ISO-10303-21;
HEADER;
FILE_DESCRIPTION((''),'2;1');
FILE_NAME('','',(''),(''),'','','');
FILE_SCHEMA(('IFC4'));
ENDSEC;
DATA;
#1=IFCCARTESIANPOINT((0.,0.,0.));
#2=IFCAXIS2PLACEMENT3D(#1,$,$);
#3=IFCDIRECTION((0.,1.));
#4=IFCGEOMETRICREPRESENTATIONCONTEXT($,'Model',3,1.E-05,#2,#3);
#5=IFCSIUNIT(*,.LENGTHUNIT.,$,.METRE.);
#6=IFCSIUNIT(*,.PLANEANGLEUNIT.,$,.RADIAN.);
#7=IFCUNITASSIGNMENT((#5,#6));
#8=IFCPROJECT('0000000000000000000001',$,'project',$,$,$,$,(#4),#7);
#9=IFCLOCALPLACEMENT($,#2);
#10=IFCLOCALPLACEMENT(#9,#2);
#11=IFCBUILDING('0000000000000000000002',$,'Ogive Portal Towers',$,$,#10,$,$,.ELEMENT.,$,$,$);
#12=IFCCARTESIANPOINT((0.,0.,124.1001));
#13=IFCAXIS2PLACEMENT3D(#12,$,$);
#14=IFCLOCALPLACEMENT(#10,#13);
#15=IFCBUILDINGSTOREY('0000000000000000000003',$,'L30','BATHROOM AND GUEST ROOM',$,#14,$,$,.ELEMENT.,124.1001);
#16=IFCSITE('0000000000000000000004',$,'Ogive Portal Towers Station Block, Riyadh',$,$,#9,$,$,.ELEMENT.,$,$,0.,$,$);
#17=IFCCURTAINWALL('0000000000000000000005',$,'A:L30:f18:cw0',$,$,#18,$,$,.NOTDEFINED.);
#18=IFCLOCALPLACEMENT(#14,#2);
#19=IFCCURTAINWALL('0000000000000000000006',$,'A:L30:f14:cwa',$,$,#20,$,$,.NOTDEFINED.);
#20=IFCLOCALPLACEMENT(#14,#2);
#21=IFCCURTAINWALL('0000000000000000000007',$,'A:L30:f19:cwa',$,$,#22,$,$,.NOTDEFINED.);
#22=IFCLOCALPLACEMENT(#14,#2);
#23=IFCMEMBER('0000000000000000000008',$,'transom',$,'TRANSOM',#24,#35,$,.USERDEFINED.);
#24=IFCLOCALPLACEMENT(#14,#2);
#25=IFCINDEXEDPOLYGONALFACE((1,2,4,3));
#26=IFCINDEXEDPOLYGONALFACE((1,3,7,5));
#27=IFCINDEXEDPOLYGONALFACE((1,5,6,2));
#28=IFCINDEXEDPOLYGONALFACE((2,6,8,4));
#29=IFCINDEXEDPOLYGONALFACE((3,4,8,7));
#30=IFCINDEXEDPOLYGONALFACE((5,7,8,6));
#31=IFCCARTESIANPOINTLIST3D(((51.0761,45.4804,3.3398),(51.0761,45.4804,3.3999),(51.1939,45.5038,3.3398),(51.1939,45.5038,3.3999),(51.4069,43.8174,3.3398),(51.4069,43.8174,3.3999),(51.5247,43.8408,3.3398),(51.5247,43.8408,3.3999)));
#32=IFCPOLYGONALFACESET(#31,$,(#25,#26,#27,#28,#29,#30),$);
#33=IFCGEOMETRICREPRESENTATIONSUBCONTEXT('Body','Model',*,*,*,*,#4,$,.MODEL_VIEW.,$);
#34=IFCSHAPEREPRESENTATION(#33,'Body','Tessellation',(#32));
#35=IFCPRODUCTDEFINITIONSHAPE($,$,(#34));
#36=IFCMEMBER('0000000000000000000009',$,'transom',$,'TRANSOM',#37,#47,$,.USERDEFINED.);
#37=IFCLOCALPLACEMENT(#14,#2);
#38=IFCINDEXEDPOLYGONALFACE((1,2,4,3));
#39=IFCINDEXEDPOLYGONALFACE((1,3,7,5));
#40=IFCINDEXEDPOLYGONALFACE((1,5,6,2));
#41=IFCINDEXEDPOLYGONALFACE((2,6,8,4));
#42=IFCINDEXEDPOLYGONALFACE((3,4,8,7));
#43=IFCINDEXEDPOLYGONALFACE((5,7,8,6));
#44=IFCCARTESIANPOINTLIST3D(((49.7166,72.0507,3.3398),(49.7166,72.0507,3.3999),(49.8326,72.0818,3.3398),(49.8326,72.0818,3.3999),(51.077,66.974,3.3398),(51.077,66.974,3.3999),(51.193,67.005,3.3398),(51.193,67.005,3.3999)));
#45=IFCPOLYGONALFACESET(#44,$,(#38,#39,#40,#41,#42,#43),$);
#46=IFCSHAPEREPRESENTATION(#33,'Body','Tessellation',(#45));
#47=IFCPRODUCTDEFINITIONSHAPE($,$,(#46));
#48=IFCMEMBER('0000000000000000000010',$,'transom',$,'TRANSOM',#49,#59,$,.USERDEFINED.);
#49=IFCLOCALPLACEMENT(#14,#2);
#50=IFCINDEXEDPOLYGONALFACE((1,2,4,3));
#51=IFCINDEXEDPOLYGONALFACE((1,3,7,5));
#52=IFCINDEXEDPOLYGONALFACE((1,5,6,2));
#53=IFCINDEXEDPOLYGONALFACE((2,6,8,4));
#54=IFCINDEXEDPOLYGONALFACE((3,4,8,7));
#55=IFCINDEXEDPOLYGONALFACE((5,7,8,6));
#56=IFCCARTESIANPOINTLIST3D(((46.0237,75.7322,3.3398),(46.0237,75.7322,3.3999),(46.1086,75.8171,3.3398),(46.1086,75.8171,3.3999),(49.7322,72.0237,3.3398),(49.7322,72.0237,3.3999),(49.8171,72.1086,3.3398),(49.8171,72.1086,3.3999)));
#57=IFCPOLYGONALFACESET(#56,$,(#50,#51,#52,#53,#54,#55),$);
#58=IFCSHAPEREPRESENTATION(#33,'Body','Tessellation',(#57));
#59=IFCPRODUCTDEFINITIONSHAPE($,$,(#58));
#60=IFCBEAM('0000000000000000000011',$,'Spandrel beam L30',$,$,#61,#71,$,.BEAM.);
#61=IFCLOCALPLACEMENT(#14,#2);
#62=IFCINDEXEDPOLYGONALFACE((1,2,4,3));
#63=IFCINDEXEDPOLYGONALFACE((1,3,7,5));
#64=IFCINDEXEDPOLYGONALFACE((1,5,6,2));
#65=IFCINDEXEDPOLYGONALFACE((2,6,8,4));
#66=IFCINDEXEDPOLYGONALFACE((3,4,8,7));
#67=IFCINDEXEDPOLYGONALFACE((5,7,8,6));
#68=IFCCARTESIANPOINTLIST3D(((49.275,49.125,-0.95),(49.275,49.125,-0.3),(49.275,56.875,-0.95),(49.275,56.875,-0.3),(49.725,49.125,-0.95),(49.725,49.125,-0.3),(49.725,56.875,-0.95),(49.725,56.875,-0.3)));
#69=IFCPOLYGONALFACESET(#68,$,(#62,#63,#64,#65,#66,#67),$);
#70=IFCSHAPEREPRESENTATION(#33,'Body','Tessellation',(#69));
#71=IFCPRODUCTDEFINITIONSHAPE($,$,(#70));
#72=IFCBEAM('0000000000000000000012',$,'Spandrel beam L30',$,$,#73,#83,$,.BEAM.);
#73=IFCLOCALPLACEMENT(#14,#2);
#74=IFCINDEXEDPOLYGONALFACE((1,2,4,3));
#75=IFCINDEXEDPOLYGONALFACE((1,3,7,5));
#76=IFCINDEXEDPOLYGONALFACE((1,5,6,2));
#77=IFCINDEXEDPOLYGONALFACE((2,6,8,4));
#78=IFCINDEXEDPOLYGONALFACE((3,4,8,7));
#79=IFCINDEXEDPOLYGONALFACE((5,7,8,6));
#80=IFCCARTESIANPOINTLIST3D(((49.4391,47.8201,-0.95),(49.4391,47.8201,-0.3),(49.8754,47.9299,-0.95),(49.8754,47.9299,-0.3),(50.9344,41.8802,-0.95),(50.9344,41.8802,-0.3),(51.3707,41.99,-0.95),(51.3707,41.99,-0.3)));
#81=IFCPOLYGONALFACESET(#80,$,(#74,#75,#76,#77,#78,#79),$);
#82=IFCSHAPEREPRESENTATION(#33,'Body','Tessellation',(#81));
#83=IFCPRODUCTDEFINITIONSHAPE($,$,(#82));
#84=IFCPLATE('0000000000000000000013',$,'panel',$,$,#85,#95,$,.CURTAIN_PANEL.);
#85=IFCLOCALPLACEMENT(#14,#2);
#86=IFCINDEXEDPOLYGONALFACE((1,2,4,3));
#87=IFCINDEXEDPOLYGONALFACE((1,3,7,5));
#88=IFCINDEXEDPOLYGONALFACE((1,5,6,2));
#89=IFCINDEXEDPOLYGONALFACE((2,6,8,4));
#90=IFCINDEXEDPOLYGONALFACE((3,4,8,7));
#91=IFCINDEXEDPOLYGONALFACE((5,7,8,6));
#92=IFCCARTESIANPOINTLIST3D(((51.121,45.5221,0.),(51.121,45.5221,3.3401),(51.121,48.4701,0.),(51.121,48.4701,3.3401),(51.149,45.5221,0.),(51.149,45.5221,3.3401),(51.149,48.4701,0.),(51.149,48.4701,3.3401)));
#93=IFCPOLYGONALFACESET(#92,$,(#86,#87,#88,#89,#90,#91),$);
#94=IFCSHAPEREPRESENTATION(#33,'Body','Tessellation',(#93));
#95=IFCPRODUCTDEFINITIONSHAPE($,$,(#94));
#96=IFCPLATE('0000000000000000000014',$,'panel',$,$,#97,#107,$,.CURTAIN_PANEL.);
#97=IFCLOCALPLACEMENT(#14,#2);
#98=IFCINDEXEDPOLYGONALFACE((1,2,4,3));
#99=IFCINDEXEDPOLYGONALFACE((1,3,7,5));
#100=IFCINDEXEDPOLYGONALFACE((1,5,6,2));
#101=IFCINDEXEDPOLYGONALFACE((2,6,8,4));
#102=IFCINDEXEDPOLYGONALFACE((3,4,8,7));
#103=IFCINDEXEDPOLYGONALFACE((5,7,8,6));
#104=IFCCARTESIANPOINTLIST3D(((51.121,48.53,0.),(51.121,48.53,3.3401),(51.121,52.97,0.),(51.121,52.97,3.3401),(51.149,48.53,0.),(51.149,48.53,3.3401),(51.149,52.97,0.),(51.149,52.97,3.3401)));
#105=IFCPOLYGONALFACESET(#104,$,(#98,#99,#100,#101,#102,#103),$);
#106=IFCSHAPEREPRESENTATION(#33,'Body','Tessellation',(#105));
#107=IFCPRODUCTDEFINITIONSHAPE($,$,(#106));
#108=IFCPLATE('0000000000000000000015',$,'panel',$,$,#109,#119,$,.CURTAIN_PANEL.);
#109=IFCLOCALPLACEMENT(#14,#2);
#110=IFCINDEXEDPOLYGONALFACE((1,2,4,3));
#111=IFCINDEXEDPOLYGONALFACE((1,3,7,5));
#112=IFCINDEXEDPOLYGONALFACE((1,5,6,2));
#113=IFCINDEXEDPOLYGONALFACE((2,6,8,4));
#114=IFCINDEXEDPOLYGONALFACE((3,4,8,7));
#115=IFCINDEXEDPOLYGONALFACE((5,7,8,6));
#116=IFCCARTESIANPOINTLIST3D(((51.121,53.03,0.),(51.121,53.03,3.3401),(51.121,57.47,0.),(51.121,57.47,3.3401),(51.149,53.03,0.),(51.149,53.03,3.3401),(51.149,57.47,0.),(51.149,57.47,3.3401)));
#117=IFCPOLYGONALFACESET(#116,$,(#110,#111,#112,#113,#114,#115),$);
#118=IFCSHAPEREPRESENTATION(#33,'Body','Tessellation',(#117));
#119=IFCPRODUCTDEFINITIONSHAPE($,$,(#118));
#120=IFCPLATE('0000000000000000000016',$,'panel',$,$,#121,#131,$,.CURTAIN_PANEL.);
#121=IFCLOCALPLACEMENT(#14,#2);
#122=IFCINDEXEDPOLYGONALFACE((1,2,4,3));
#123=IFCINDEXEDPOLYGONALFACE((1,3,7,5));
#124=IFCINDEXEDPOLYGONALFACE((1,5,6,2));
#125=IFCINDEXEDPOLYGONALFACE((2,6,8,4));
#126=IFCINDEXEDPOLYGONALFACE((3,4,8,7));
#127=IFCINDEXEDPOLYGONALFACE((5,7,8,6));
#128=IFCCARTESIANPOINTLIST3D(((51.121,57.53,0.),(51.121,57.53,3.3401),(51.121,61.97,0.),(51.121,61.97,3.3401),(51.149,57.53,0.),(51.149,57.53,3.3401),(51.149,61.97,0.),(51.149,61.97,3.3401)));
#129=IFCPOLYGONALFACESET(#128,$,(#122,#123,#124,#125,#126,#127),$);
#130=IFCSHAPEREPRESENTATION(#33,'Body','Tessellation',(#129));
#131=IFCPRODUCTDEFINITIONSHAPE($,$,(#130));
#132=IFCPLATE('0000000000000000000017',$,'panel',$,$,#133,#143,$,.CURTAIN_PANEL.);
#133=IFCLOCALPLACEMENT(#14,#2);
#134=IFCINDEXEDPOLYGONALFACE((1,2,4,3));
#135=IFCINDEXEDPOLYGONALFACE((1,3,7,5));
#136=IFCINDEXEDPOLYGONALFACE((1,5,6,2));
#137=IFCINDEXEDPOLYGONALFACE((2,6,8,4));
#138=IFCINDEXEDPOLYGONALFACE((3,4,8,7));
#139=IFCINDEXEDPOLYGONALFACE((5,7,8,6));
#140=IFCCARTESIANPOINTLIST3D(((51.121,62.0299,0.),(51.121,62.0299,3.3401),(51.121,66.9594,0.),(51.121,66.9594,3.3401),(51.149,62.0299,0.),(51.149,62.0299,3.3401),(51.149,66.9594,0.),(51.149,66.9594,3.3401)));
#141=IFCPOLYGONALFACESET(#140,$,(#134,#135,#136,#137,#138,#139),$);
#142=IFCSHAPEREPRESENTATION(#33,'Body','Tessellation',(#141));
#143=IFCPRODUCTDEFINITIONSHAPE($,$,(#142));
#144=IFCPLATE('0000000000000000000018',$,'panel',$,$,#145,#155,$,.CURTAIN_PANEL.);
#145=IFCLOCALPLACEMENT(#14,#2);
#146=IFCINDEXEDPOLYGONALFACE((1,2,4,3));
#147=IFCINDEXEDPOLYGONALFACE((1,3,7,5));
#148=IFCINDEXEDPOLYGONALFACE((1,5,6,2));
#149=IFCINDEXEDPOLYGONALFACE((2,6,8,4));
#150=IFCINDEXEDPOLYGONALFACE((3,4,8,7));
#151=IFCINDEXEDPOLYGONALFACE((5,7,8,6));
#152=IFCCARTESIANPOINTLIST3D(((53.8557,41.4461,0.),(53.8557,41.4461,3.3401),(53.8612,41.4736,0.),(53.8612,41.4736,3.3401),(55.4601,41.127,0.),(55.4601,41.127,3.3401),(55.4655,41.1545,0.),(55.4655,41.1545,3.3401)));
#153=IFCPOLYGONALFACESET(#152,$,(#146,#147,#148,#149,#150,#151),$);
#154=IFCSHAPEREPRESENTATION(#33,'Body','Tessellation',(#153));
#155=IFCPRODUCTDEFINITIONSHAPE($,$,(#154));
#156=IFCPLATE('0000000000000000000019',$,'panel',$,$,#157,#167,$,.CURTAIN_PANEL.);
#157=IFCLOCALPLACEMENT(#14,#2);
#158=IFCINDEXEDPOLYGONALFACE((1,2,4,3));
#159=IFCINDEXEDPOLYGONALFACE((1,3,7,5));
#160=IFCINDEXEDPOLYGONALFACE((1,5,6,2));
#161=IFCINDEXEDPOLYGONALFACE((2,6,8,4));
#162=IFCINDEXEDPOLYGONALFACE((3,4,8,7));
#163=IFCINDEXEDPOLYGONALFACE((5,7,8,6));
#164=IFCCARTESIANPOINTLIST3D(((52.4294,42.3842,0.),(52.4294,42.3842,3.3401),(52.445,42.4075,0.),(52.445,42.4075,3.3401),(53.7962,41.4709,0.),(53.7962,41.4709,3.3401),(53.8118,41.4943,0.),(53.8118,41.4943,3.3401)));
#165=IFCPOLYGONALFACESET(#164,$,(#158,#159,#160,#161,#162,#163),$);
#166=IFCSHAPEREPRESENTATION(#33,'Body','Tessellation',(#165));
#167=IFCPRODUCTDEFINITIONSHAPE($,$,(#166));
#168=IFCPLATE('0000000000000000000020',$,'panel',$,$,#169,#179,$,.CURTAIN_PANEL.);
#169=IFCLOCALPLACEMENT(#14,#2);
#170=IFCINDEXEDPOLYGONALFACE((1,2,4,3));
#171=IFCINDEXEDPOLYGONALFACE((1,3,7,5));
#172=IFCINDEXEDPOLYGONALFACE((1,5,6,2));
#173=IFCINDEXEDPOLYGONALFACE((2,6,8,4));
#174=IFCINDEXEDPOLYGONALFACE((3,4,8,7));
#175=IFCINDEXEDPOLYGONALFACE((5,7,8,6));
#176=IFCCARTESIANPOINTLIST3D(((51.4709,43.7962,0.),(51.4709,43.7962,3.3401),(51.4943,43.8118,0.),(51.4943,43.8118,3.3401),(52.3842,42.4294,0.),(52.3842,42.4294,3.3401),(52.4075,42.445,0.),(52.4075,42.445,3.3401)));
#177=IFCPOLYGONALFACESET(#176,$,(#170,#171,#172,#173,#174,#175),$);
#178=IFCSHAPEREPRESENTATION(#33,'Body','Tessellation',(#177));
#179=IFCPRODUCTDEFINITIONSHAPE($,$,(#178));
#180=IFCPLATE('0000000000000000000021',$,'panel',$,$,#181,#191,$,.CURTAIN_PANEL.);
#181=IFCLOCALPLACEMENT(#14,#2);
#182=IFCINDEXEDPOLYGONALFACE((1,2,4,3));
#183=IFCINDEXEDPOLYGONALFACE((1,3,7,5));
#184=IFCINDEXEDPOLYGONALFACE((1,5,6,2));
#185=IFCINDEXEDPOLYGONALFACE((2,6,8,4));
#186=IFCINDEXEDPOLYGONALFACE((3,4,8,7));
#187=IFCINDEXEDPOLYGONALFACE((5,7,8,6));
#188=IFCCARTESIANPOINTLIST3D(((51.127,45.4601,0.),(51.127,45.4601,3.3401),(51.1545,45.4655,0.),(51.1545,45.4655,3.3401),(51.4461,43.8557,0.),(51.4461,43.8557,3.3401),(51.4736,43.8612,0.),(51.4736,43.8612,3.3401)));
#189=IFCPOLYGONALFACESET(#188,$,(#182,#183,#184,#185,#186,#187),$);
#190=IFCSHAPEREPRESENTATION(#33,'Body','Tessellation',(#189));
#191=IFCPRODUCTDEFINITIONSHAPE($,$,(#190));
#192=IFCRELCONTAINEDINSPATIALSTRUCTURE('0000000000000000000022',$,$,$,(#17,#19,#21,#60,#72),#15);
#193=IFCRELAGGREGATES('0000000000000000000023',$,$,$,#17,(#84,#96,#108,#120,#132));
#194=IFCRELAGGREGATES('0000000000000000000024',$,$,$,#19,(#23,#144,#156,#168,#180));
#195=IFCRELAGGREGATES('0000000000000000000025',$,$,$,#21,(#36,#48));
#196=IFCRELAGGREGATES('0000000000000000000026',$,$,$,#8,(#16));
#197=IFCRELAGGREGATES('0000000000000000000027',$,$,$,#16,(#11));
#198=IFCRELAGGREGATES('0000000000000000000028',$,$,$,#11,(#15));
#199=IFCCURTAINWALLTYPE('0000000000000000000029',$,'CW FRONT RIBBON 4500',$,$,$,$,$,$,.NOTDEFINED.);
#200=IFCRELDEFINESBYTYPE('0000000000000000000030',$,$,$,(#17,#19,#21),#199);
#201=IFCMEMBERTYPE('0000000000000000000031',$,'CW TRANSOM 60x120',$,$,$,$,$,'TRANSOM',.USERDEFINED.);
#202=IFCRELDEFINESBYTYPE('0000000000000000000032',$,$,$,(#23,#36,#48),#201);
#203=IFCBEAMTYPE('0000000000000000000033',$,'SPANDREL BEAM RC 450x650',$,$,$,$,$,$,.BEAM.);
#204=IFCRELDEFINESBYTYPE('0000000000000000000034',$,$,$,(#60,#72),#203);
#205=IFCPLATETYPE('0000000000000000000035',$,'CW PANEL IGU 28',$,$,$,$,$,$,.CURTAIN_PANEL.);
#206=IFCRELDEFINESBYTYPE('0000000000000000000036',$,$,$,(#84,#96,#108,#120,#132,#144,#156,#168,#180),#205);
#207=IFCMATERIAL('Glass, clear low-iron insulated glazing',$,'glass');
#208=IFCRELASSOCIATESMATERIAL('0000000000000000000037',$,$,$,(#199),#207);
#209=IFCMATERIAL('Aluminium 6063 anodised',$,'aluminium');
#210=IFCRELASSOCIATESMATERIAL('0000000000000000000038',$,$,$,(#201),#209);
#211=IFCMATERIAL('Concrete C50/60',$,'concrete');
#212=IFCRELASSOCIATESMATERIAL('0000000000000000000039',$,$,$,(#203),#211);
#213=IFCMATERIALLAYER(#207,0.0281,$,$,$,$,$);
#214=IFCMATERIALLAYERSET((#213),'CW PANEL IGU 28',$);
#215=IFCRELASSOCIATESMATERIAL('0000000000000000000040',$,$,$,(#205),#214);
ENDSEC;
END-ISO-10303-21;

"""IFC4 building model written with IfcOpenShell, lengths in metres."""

from ifc_helpers import new_model, si_unit, direction, frame, origin, origin_2d, place, context, subcontext, project, spatial, rectangle, extrude, material, layer, layer_set, material_profile, profile_set, type_object, element, aggregate, save


model = new_model("IFC4")

# Units and contexts
model_context = context("Model", 3, precision=1e-05, world=origin(), true_north=direction((0.0, 1.0)))
body_context = subcontext(model_context, "Body", "Model", "MODEL_VIEW")
ifc_project = project(units=[si_unit("LENGTHUNIT", "METRE"), si_unit("PLANEANGLEUNIT", "RADIAN")], contexts=[model_context])

# Site, building, storey
site_placement = place(None, origin())
site = spatial("IfcSite", under=ifc_project, at=site_placement, Name="Ogive Portal Towers Station Block, Riyadh", CompositionType="ELEMENT", RefElevation=0.0)
building_placement = place(site_placement, origin())
building = spatial("IfcBuilding", under=site, at=building_placement, Name="Ogive Portal Towers", CompositionType="ELEMENT")
storey_placement = place(building_placement, frame((0.0, 0.0, 124.1001)))
storey = spatial("IfcBuildingStorey", under=building, at=storey_placement, Name="L30", Description="BATHROOM AND GUEST ROOM", CompositionType="ELEMENT", Elevation=124.1001)

# Curtain walls
ifc_material_1 = material(Name="Glass, clear low-iron insulated glazing", Category="glass")
curtain_wall_type = type_object("IfcCurtainWallType", Name="CW FRONT RIBBON 4500", PredefinedType="NOTDEFINED", material=ifc_material_1)
curtain_wall_1_placement = place(storey_placement, origin())
curtain_wall_1 = element("IfcCurtainWall", 1, at=curtain_wall_1_placement, inside=storey, type_object=curtain_wall_type, Name="A:L30:f18:cw0", PredefinedType="NOTDEFINED")
ifc_material_2 = material(Name="Aluminium 6063 anodised", Category="aluminium")
curtain_wall_2_placement = place(storey_placement, origin())
curtain_wall_2 = element("IfcCurtainWall", 2, at=curtain_wall_2_placement, inside=storey, type_object=curtain_wall_type, Name="A:L30:f14:cwa", PredefinedType="NOTDEFINED")

# Curtain wall
curtain_wall_3_placement = place(storey_placement, origin())
curtain_wall_3 = element("IfcCurtainWall", 3, at=curtain_wall_3_placement, inside=storey, type_object=curtain_wall_type, Name="A:L30:f19:cwa", PredefinedType="NOTDEFINED")

# Members
ifc_material_profile_1 = material_profile(ifc_material_2, rectangle(XDim=0.1201, YDim=0.0601, at=origin_2d()), Name="AL 120x60")
ifc_profile_set_1 = profile_set([ifc_material_profile_1], Name="Aluminium 6063 anodised")
member_type_1 = type_object("IfcMemberType", Name="CW TRANSOM 60x120", ElementType="TRANSOM", PredefinedType="USERDEFINED", material=ifc_profile_set_1)
member_1_placement = place(storey_placement, frame((51.4658, 43.8291, 3.3699), z_axis=(-0.195092, 0.980785, 0.0), x_axis=(-0.980785, -0.195092, 0.0)))
member_1 = element("IfcMember", 4, at=member_1_placement, type_object=member_type_1, Name="transom", ObjectType="TRANSOM", PredefinedType="USERDEFINED", context=body_context, shape_type="SweptSolid", body=[
    extrude(rectangle(XDim=0.1201, YDim=0.0601, at=origin_2d()), origin(), (0.0, 0.0, 1.0), 1.6956),
])
member_2_placement = place(storey_placement, frame((51.135, 66.9895, 3.3699), z_axis=(-0.258831, 0.965923, 0.0), x_axis=(-0.965923, -0.258831, 0.0)))
member_2 = element("IfcMember", 5, at=member_2_placement, type_object=member_type_1, Name="transom", ObjectType="TRANSOM", PredefinedType="USERDEFINED", context=body_context, shape_type="SweptSolid", body=[
    extrude(rectangle(XDim=0.1201, YDim=0.0601, at=origin_2d()), origin(), (0.0, 0.0, 1.0), 5.2559),
])
member_3_placement = place(storey_placement, frame((49.7747, 72.0662, 3.3699), z_axis=(-0.707107, 0.707107, 0.0), x_axis=(-0.707107, -0.707107, 0.0)))
member_3 = element("IfcMember", 6, at=member_3_placement, type_object=member_type_1, Name="transom", ObjectType="TRANSOM", PredefinedType="USERDEFINED", context=body_context, shape_type="SweptSolid", body=[
    extrude(rectangle(XDim=0.1201, YDim=0.0601, at=origin_2d()), origin(), (0.0, 0.0, 1.0), 5.2446),
])

# Beams
ifc_material_3 = material(Name="Concrete C50/60", Category="concrete")
ifc_material_profile_2 = material_profile(ifc_material_3, rectangle(XDim=0.45, YDim=0.6499, at=origin_2d()), Name="RC 450x650")
ifc_profile_set_2 = profile_set([ifc_material_profile_2], Name="Concrete C50/60")
beam_type = type_object("IfcBeamType", Name="SPANDREL BEAM RC 450x650", PredefinedType="BEAM", material=ifc_profile_set_2)
beam_1_placement = place(storey_placement, frame((49.5, 56.875, -0.625), z_axis=(0.0, -1.0, 0.0), x_axis=(1.0, 0.0, 0.0)))
element("IfcBeam", 7, at=beam_1_placement, inside=storey, type_object=beam_type, Name="Spandrel beam L30", PredefinedType="BEAM", context=body_context, shape_type="SweptSolid", body=[
    extrude(rectangle(XDim=0.45, YDim=0.6499, at=origin_2d()), origin(), (0.0, 0.0, 1.0), 7.75),
])
beam_2_placement = place(storey_placement, frame((49.6572, 47.875, -0.625), z_axis=(0.24413, -0.969743, 0.0), x_axis=(0.969743, 0.24413, 0.0)))
element("IfcBeam", 8, at=beam_2_placement, inside=storey, type_object=beam_type, Name="Spandrel beam L30", PredefinedType="BEAM", context=body_context, shape_type="SweptSolid", body=[
    extrude(rectangle(XDim=0.45, YDim=0.6499, at=origin_2d()), origin(), (0.0, 0.0, 1.0), 6.1252),
])

# Plates
ifc_layer_1 = layer(ifc_material_1, 0.0281)
ifc_layer_set_1 = layer_set([ifc_layer_1], Name="CW PANEL IGU 28")
plate_type = type_object("IfcPlateType", Name="CW PANEL IGU 28", PredefinedType="CURTAIN_PANEL", material=ifc_layer_set_1)
plate_1_placement = place(storey_placement, frame((51.135, 46.9961, 0.0), z_axis=(0.0, 0.0, 1.0), x_axis=(0.0, 1.0, 0.0)))
plate_1 = element("IfcPlate", 9, at=plate_1_placement, type_object=plate_type, Name="panel", PredefinedType="CURTAIN_PANEL", context=body_context, shape_type="SweptSolid", body=[
    extrude(rectangle(XDim=2.948, YDim=0.0281, at=origin_2d()), origin(), (0.0, 0.0, 1.0), 3.3401),
])
plate_2_placement = place(storey_placement, frame((51.135, 50.75, 0.0), z_axis=(0.0, 0.0, 1.0), x_axis=(0.0, 1.0, 0.0)))
plate_2 = element("IfcPlate", 10, at=plate_2_placement, type_object=plate_type, Name="panel", PredefinedType="CURTAIN_PANEL", context=body_context, shape_type="SweptSolid", body=[
    extrude(rectangle(XDim=4.4399, YDim=0.0281, at=origin_2d()), origin(), (0.0, 0.0, 1.0), 3.3401),
])
plate_3_placement = place(storey_placement, frame((51.135, 55.25, 0.0), z_axis=(0.0, 0.0, 1.0), x_axis=(0.0, 1.0, 0.0)))
plate_3 = element("IfcPlate", 11, at=plate_3_placement, type_object=plate_type, Name="panel", PredefinedType="CURTAIN_PANEL", context=body_context, shape_type="SweptSolid", body=[
    extrude(rectangle(XDim=4.4399, YDim=0.0281, at=origin_2d()), origin(), (0.0, 0.0, 1.0), 3.3401),
])
plate_4_placement = place(storey_placement, frame((51.135, 59.75, 0.0), z_axis=(0.0, 0.0, 1.0), x_axis=(0.0, 1.0, 0.0)))
plate_4 = element("IfcPlate", 12, at=plate_4_placement, type_object=plate_type, Name="panel", PredefinedType="CURTAIN_PANEL", context=body_context, shape_type="SweptSolid", body=[
    extrude(rectangle(XDim=4.4399, YDim=0.0281, at=origin_2d()), origin(), (0.0, 0.0, 1.0), 3.3401),
])
plate_5_placement = place(storey_placement, frame((51.135, 64.4946, 0.0), z_axis=(0.0, 0.0, 1.0), x_axis=(0.0, 1.0, 0.0)))
plate_5 = element("IfcPlate", 13, at=plate_5_placement, type_object=plate_type, Name="panel", PredefinedType="CURTAIN_PANEL", context=body_context, shape_type="SweptSolid", body=[
    extrude(rectangle(XDim=4.9294, YDim=0.0281, at=origin_2d()), origin(), (0.0, 0.0, 1.0), 3.3401),
])
aggregate(curtain_wall_1, [plate_1, plate_2, plate_3, plate_4, plate_5])
plate_6_placement = place(storey_placement, frame((54.6606, 41.3003, 0.0), z_axis=(0.0, 0.0, 1.0), x_axis=(-0.980785, 0.19509, 0.0)))
plate_6 = element("IfcPlate", 14, at=plate_6_placement, type_object=plate_type, Name="panel", PredefinedType="CURTAIN_PANEL", context=body_context, shape_type="SweptSolid", body=[
    extrude(rectangle(XDim=1.6357, YDim=0.0281, at=origin_2d()), origin(), (0.0, 0.0, 1.0), 3.3401),
])
plate_7_placement = place(storey_placement, frame((53.1206, 41.9392, 0.0), z_axis=(0.0, 0.0, 1.0), x_axis=(-0.83147, 0.55557, 0.0)))
plate_7 = element("IfcPlate", 15, at=plate_7_placement, type_object=plate_type, Name="panel", PredefinedType="CURTAIN_PANEL", context=body_context, shape_type="SweptSolid", body=[
    extrude(rectangle(XDim=1.6438, YDim=0.0281, at=origin_2d()), origin(), (0.0, 0.0, 1.0), 3.3401),
])
plate_8_placement = place(storey_placement, frame((51.9392, 43.1206, 0.0), z_axis=(0.0, 0.0, 1.0), x_axis=(-0.55557, 0.83147, 0.0)))
plate_8 = element("IfcPlate", 16, at=plate_8_placement, type_object=plate_type, Name="panel", PredefinedType="CURTAIN_PANEL", context=body_context, shape_type="SweptSolid", body=[
    extrude(rectangle(XDim=1.6438, YDim=0.0281, at=origin_2d()), origin(), (0.0, 0.0, 1.0), 3.3401),
])
plate_9_placement = place(storey_placement, frame((51.3003, 44.6606, 0.0), z_axis=(0.0, 0.0, 1.0), x_axis=(-0.19509, 0.980785, 0.0)))
plate_9 = element("IfcPlate", 17, at=plate_9_placement, type_object=plate_type, Name="panel", PredefinedType="CURTAIN_PANEL", context=body_context, shape_type="SweptSolid", body=[
    extrude(rectangle(XDim=1.6357, YDim=0.0281, at=origin_2d()), origin(), (0.0, 0.0, 1.0), 3.3401),
])
aggregate(curtain_wall_2, [member_1, plate_6, plate_7, plate_8, plate_9])
aggregate(curtain_wall_3, [member_2, member_3])

save(model, "model.ifc")
